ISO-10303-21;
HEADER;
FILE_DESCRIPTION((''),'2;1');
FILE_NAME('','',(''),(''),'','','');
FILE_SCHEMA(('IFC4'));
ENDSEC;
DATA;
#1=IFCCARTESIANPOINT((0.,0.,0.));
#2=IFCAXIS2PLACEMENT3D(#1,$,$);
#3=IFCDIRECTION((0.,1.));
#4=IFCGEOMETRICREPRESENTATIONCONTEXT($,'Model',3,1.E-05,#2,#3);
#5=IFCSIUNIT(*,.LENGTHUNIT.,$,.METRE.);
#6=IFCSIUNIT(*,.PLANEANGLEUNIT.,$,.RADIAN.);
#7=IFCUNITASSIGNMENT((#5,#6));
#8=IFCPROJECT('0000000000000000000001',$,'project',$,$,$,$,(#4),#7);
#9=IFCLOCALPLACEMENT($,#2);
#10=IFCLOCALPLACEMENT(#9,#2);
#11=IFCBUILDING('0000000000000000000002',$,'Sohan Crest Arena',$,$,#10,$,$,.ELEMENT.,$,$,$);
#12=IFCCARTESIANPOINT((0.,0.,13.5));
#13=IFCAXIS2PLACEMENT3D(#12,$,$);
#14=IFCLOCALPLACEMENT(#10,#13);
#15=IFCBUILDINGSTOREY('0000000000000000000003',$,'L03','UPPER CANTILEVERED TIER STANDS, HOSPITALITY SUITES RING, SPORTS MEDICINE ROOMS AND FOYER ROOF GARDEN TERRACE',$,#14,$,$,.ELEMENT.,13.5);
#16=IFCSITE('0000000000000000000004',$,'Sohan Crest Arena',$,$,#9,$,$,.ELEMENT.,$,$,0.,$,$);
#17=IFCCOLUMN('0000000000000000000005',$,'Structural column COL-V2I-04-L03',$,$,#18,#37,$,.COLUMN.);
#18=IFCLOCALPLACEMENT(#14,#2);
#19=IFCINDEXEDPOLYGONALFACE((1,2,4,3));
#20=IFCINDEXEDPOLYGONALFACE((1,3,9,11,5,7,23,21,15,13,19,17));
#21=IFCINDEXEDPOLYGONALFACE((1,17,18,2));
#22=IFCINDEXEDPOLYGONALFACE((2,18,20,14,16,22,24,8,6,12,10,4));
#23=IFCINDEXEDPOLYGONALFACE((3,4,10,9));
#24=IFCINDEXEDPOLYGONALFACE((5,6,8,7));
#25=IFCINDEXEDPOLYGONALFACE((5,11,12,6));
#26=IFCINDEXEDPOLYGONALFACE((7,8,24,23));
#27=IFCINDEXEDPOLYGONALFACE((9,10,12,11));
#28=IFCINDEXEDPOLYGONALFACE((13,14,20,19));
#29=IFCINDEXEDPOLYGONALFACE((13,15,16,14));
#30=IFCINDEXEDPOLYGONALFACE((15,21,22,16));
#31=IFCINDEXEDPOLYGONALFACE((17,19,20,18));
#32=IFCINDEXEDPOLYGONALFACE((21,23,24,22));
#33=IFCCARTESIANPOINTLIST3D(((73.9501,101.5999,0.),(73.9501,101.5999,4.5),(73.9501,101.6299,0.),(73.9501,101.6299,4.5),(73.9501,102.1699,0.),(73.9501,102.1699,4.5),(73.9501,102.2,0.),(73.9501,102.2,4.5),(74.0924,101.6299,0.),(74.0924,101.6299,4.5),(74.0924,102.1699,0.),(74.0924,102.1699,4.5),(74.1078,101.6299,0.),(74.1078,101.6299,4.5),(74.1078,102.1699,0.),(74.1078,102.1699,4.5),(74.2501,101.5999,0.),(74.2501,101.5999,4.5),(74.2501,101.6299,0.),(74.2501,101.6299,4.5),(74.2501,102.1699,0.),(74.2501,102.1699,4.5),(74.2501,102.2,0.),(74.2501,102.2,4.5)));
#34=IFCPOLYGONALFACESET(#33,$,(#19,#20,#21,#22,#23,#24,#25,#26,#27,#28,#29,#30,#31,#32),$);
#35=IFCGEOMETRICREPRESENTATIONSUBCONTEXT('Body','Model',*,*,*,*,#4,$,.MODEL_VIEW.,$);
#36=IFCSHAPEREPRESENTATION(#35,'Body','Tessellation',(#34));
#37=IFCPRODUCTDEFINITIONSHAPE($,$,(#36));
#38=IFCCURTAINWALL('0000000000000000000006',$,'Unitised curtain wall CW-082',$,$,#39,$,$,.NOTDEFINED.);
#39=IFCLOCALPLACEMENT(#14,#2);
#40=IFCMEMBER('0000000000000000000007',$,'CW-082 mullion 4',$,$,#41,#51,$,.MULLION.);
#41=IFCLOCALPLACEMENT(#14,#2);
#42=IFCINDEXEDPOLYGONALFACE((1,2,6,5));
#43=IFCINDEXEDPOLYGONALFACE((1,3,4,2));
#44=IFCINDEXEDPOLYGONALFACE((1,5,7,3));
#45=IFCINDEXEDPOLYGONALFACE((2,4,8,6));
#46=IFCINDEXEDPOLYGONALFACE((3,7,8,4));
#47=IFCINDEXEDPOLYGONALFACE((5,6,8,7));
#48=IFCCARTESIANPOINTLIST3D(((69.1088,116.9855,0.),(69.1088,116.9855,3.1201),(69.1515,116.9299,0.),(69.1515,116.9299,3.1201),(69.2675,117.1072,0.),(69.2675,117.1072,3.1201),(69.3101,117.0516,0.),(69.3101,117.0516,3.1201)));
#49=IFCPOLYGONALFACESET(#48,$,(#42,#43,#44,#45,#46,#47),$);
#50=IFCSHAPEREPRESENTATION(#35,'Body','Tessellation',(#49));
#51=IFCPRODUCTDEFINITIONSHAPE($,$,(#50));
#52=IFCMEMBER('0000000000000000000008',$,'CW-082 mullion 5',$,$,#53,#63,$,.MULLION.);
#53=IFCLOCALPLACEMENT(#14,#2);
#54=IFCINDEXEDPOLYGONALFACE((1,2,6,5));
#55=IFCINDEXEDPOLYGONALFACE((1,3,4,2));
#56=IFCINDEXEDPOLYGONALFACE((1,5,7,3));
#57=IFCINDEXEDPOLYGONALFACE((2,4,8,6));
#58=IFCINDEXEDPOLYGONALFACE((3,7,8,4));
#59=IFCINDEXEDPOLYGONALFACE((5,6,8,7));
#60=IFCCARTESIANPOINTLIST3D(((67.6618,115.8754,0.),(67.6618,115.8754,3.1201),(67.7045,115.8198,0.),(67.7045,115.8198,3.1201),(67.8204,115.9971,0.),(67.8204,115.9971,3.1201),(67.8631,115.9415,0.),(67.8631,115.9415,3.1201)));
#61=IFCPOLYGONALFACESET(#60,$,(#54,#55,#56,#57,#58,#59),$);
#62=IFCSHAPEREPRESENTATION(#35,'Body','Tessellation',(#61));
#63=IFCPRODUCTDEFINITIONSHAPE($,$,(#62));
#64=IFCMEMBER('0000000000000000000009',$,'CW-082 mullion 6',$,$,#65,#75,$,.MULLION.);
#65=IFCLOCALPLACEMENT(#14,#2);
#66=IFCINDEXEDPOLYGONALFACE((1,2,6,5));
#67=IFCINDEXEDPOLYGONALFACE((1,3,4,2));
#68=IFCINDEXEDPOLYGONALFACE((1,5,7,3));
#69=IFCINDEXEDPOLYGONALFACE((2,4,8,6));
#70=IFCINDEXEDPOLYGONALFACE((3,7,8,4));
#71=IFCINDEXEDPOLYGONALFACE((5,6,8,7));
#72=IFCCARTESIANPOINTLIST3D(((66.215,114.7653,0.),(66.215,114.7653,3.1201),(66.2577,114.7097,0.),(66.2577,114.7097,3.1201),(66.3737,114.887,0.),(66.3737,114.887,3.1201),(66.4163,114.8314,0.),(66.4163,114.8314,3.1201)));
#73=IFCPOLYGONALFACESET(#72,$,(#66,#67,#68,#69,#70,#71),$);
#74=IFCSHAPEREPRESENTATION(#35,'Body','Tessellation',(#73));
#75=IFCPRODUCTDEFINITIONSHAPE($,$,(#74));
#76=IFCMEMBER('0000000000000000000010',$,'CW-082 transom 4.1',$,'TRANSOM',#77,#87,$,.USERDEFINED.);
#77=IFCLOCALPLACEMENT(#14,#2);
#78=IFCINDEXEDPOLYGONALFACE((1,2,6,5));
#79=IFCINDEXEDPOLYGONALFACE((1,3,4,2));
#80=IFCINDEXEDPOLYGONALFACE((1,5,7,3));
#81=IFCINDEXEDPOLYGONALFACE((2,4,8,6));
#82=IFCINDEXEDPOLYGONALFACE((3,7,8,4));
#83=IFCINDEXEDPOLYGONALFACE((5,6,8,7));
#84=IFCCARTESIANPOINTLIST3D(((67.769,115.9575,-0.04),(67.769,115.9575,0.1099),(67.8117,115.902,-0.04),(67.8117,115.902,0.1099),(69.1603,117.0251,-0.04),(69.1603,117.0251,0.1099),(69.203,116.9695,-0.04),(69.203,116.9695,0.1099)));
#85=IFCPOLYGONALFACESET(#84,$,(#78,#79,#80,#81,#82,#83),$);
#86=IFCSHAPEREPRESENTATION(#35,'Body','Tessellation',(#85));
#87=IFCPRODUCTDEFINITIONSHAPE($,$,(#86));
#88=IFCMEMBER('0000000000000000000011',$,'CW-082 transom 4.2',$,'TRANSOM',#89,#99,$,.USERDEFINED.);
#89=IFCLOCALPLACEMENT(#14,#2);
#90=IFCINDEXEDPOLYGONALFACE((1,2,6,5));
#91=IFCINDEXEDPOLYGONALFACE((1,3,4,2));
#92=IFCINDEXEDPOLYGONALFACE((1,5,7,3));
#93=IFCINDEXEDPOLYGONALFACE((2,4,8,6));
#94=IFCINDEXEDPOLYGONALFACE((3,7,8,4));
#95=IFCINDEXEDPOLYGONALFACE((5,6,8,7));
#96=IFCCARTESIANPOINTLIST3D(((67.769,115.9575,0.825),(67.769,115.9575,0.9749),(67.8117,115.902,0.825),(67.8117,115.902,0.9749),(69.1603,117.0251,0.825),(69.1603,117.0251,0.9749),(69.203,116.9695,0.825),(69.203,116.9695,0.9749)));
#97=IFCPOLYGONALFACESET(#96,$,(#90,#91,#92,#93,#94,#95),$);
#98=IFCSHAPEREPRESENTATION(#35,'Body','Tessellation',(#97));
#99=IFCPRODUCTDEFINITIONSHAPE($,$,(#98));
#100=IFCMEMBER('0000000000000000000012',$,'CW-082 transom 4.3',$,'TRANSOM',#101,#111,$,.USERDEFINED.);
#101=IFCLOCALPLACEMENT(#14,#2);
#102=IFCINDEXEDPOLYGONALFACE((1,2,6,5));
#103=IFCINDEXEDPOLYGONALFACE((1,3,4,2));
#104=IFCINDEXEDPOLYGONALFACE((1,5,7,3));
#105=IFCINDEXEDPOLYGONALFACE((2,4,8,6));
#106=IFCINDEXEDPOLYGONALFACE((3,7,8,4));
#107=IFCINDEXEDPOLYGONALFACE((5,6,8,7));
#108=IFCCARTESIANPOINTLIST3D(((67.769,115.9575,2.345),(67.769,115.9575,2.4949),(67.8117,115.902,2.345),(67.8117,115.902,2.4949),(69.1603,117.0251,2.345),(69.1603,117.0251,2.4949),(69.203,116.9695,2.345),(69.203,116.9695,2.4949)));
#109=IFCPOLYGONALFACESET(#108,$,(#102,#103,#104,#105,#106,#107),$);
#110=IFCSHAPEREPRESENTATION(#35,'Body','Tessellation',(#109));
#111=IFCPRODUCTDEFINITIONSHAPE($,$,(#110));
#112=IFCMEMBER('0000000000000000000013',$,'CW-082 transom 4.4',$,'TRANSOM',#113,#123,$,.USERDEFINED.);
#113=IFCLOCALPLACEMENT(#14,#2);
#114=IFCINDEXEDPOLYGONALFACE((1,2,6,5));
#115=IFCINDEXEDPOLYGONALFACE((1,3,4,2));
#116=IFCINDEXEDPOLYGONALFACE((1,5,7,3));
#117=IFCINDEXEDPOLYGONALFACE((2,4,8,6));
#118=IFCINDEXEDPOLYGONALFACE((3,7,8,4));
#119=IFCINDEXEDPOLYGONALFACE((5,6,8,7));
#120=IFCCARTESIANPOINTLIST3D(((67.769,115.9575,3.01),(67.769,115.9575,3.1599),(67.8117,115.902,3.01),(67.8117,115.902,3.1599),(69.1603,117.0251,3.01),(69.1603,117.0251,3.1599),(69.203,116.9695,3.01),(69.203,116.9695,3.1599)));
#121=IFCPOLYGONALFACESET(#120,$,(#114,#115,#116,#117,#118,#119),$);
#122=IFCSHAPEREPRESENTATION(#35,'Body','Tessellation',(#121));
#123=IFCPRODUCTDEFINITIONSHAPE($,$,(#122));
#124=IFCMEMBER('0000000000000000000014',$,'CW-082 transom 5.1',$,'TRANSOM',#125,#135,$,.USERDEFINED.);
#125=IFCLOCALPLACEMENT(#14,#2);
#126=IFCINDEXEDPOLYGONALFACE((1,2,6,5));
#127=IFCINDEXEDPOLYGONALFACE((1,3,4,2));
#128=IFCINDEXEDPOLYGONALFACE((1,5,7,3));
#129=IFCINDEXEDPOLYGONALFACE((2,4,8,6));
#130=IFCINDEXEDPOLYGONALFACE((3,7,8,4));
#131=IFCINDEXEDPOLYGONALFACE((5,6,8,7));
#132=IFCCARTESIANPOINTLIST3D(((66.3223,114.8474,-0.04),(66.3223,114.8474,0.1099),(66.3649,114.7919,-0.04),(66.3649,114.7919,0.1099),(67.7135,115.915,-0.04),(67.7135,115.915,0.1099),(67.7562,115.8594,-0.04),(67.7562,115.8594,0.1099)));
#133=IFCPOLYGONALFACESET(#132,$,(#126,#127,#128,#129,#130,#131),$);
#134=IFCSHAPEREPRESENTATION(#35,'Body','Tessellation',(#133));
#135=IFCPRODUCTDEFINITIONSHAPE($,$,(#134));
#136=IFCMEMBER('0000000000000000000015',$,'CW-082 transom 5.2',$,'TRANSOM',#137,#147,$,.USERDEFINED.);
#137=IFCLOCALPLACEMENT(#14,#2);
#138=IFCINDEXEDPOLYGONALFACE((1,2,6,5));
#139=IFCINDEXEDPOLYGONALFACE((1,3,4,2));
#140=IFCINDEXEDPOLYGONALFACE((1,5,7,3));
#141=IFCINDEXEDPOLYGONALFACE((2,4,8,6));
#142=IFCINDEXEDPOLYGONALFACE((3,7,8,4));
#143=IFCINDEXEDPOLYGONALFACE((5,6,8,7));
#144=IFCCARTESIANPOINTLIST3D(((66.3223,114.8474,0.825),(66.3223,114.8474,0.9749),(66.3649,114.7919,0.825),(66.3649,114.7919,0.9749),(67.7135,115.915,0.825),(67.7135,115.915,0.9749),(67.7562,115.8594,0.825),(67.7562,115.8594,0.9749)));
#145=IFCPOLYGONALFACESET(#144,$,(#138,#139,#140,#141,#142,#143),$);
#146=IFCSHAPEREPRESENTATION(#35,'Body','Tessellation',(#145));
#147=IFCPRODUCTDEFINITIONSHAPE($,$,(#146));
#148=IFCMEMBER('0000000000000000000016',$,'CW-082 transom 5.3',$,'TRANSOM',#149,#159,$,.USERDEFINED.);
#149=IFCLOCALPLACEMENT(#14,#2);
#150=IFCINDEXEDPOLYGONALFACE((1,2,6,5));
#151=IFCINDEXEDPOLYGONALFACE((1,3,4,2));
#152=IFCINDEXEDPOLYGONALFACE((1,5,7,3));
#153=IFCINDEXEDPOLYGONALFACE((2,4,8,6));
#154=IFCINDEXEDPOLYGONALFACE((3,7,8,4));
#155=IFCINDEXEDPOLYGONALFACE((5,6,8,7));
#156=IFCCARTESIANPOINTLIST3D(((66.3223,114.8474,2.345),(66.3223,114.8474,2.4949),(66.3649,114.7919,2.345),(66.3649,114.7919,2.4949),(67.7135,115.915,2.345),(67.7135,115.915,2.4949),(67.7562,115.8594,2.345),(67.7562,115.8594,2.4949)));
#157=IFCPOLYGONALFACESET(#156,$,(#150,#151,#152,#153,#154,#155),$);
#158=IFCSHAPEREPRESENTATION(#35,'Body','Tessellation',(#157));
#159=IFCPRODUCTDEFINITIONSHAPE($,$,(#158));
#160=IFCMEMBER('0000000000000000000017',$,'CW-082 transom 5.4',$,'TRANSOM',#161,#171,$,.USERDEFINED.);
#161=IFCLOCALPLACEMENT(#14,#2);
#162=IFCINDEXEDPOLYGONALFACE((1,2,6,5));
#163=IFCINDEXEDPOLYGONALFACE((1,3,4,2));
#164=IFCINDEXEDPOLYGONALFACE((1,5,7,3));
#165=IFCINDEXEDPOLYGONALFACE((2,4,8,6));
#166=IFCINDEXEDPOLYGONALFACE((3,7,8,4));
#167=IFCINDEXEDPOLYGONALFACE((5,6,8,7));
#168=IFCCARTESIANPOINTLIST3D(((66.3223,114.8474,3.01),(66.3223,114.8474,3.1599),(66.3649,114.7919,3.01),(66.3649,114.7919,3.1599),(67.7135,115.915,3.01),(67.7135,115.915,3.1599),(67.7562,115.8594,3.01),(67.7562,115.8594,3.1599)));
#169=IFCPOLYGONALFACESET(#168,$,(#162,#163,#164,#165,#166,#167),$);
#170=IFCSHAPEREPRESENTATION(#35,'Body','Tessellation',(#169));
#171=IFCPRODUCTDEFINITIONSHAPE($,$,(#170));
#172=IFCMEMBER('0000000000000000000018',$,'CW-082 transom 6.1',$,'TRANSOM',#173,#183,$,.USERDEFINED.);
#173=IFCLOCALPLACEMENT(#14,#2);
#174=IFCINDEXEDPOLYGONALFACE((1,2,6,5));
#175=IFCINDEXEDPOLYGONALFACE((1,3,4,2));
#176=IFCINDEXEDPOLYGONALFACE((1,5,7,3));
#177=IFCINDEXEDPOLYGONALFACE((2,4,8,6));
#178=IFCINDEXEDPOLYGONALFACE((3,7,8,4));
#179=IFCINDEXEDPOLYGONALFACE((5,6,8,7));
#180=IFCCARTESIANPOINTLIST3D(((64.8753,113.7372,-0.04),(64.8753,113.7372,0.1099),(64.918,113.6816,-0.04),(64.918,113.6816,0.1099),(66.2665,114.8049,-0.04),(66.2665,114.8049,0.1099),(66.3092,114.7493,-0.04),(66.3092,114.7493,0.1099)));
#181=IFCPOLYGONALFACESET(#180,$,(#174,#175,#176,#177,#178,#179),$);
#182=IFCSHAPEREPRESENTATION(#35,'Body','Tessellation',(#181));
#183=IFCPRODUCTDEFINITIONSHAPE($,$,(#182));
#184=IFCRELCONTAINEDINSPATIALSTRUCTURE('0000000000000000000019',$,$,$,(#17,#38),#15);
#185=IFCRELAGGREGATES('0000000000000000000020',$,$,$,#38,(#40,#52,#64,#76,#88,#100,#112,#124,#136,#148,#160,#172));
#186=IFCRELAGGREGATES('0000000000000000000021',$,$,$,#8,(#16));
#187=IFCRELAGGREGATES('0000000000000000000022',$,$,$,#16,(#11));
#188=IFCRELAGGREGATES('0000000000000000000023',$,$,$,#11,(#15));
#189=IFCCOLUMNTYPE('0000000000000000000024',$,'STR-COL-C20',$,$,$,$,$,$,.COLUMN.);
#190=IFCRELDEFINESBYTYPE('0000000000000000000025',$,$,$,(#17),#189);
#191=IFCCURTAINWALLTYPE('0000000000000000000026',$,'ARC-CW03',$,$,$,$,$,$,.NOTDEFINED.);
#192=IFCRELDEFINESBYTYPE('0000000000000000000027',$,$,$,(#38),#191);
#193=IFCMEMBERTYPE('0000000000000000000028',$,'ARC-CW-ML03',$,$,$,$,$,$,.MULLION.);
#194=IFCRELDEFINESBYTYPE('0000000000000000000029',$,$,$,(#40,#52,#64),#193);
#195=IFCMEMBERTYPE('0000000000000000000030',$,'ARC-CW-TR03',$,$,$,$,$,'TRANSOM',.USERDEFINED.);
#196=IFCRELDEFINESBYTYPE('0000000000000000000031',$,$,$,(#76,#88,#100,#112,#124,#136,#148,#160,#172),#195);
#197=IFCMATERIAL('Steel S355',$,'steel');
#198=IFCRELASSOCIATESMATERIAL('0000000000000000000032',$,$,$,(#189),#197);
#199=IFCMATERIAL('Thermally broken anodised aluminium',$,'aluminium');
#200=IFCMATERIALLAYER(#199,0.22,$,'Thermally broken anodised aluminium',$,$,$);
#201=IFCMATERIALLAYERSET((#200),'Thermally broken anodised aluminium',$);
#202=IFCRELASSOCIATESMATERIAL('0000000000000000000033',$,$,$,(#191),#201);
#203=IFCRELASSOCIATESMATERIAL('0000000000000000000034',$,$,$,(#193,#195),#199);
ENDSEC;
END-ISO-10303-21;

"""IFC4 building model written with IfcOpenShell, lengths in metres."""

from ifc_helpers import new_model, si_unit, direction, frame, origin, origin_2d, place, context, subcontext, project, spatial, rectangle, i_section, extrude, material, layer, layer_set, material_profile, profile_set, type_object, element, aggregate, save


model = new_model("IFC4")

# Units and contexts
model_context = context("Model", 3, precision=1e-05, world=origin(), true_north=direction((0.0, 1.0)))
body_context = subcontext(model_context, "Body", "Model", "MODEL_VIEW")
ifc_project = project(units=[si_unit("LENGTHUNIT", "METRE"), si_unit("PLANEANGLEUNIT", "RADIAN")], contexts=[model_context])

# Site, building, storey
site_placement = place(None, origin())
site = spatial("IfcSite", under=ifc_project, at=site_placement, Name="Sohan Crest Arena", CompositionType="ELEMENT", RefElevation=0.0)
building_placement = place(site_placement, origin())
building = spatial("IfcBuilding", under=site, at=building_placement, Name="Sohan Crest Arena", CompositionType="ELEMENT")
storey_placement = place(building_placement, frame((0.0, 0.0, 13.5)))
storey = spatial("IfcBuildingStorey", under=building, at=storey_placement, Name="L03", Description="UPPER CANTILEVERED TIER STANDS, HOSPITALITY SUITES RING, SPORTS MEDICINE ROOMS AND FOYER ROOF GARDEN TERRACE", CompositionType="ELEMENT", Elevation=13.5)

# Column
ifc_material_1 = material(Name="Steel S355", Category="steel")
ifc_material_profile_1 = material_profile(ifc_material_1, i_section(OverallWidth=0.3, OverallDepth=0.6001, WebThickness=0.0154, FlangeThickness=0.03, at=origin_2d()), Name="HEB 600")
ifc_profile_set_1 = profile_set([ifc_material_profile_1], Name="Steel S355")
column_type = type_object("IfcColumnType", Name="STR-COL-C20", PredefinedType="COLUMN", material=ifc_profile_set_1)
column_placement = place(storey_placement, frame((74.1001, 101.8999, 0.0), z_axis=(0.0, 0.0, 1.0), x_axis=(1.0, 0.0, 0.0)))
element("IfcColumn", 1, at=column_placement, inside=storey, type_object=column_type, Name="Structural column COL-V2I-04-L03", PredefinedType="COLUMN", context=body_context, shape_type="SweptSolid", body=[
    extrude(i_section(OverallWidth=0.3, OverallDepth=0.6001, WebThickness=0.0154, FlangeThickness=0.03, at=origin_2d()), origin(), (0.0, 0.0, 1.0), 4.5),
])

# Curtain wall, members
ifc_material_2 = material(Name="Thermally broken anodised aluminium", Category="aluminium")
ifc_layer_1 = layer(ifc_material_2, 0.22, Name="Thermally broken anodised aluminium")
ifc_layer_set_1 = layer_set([ifc_layer_1], Name="Thermally broken anodised aluminium")
curtain_wall_type = type_object("IfcCurtainWallType", Name="ARC-CW03", PredefinedType="NOTDEFINED", material=ifc_layer_set_1)
curtain_wall_placement = place(storey_placement, origin())
curtain_wall = element("IfcCurtainWall", 2, at=curtain_wall_placement, inside=storey, type_object=curtain_wall_type, Name="Unitised curtain wall CW-082", PredefinedType="NOTDEFINED")
ifc_material_profile_2 = material_profile(ifc_material_2, rectangle(XDim=0.0701, YDim=0.2, at=origin_2d()), Name="ALU-MULL 70x200")
ifc_profile_set_2 = profile_set([ifc_material_profile_2], Name="Thermally broken anodised aluminium")
member_type_1 = type_object("IfcMemberType", Name="ARC-CW-ML03", PredefinedType="MULLION", material=ifc_profile_set_2)
member_1_placement = place(storey_placement, frame((69.2095, 117.0186, 0.0), z_axis=(0.0, 0.0, 1.0), x_axis=(0.608737, -0.793372, 0.0)))
member_1 = element("IfcMember", 3, at=member_1_placement, type_object=member_type_1, Name="CW-082 mullion 4", PredefinedType="MULLION", context=body_context, shape_type="SweptSolid", body=[
    extrude(rectangle(XDim=0.0701, YDim=0.2, at=origin_2d()), origin(), (0.0, 0.0, 1.0), 3.1201),
])
member_2_placement = place(storey_placement, frame((67.7625, 115.9084, 0.0), z_axis=(0.0, 0.0, 1.0), x_axis=(0.608737, -0.793372, 0.0)))
member_2 = element("IfcMember", 4, at=member_2_placement, type_object=member_type_1, Name="CW-082 mullion 5", PredefinedType="MULLION", context=body_context, shape_type="SweptSolid", body=[
    extrude(rectangle(XDim=0.0701, YDim=0.2, at=origin_2d()), origin(), (0.0, 0.0, 1.0), 3.1201),
])
member_3_placement = place(storey_placement, frame((66.3157, 114.7983, 0.0), z_axis=(0.0, 0.0, 1.0), x_axis=(0.608737, -0.793372, 0.0)))
member_3 = element("IfcMember", 5, at=member_3_placement, type_object=member_type_1, Name="CW-082 mullion 6", PredefinedType="MULLION", context=body_context, shape_type="SweptSolid", body=[
    extrude(rectangle(XDim=0.0701, YDim=0.2, at=origin_2d()), origin(), (0.0, 0.0, 1.0), 3.1201),
])
ifc_material_profile_3 = material_profile(ifc_material_2, rectangle(XDim=0.0701, YDim=0.1499, at=origin_2d()), Name="ALU-TRAN 70x150")
ifc_profile_set_3 = profile_set([ifc_material_profile_3], Name="Thermally broken anodised aluminium")
member_type_2 = type_object("IfcMemberType", Name="ARC-CW-TR03", ElementType="TRANSOM", PredefinedType="USERDEFINED", material=ifc_profile_set_3)
member_4_placement = place(storey_placement, frame((69.1816, 116.9973, 0.0349), z_axis=(-0.793353, -0.608762, 0.0), x_axis=(0.608762, -0.793353, 0.0)))
member_4 = element("IfcMember", 6, at=member_4_placement, type_object=member_type_2, Name="CW-082 transom 4.1", ObjectType="TRANSOM", PredefinedType="USERDEFINED", context=body_context, shape_type="SweptSolid", body=[
    extrude(rectangle(XDim=0.0701, YDim=0.1499, at=origin_2d()), origin(), (0.0, 0.0, 1.0), 1.7537),
])
member_5_placement = place(storey_placement, frame((69.1816, 116.9973, 0.8999), z_axis=(-0.793353, -0.608762, 0.0), x_axis=(0.608762, -0.793353, 0.0)))
member_5 = element("IfcMember", 7, at=member_5_placement, type_object=member_type_2, Name="CW-082 transom 4.2", ObjectType="TRANSOM", PredefinedType="USERDEFINED", context=body_context, shape_type="SweptSolid", body=[
    extrude(rectangle(XDim=0.0701, YDim=0.1499, at=origin_2d()), origin(), (0.0, 0.0, 1.0), 1.7537),
])
member_6_placement = place(storey_placement, frame((69.1816, 116.9973, 2.4199), z_axis=(-0.793353, -0.608762, 0.0), x_axis=(0.608762, -0.793353, 0.0)))
member_6 = element("IfcMember", 8, at=member_6_placement, type_object=member_type_2, Name="CW-082 transom 4.3", ObjectType="TRANSOM", PredefinedType="USERDEFINED", context=body_context, shape_type="SweptSolid", body=[
    extrude(rectangle(XDim=0.0701, YDim=0.1499, at=origin_2d()), origin(), (0.0, 0.0, 1.0), 1.7537),
])
member_7_placement = place(storey_placement, frame((69.1816, 116.9973, 3.085), z_axis=(-0.793353, -0.608762, 0.0), x_axis=(0.608762, -0.793353, 0.0)))
member_7 = element("IfcMember", 9, at=member_7_placement, type_object=member_type_2, Name="CW-082 transom 4.4", ObjectType="TRANSOM", PredefinedType="USERDEFINED", context=body_context, shape_type="SweptSolid", body=[
    extrude(rectangle(XDim=0.0701, YDim=0.1499, at=origin_2d()), origin(), (0.0, 0.0, 1.0), 1.7537),
])
member_8_placement = place(storey_placement, frame((67.7349, 115.8872, 0.0349), z_axis=(-0.793353, -0.608762, 0.0), x_axis=(0.608762, -0.793353, 0.0)))
member_8 = element("IfcMember", 10, at=member_8_placement, type_object=member_type_2, Name="CW-082 transom 5.1", ObjectType="TRANSOM", PredefinedType="USERDEFINED", context=body_context, shape_type="SweptSolid", body=[
    extrude(rectangle(XDim=0.0701, YDim=0.1499, at=origin_2d()), origin(), (0.0, 0.0, 1.0), 1.7537),
])
member_9_placement = place(storey_placement, frame((67.7349, 115.8872, 0.8999), z_axis=(-0.793353, -0.608762, 0.0), x_axis=(0.608762, -0.793353, 0.0)))
member_9 = element("IfcMember", 11, at=member_9_placement, type_object=member_type_2, Name="CW-082 transom 5.2", ObjectType="TRANSOM", PredefinedType="USERDEFINED", context=body_context, shape_type="SweptSolid", body=[
    extrude(rectangle(XDim=0.0701, YDim=0.1499, at=origin_2d()), origin(), (0.0, 0.0, 1.0), 1.7537),
])
member_10_placement = place(storey_placement, frame((67.7349, 115.8872, 2.4199), z_axis=(-0.793353, -0.608762, 0.0), x_axis=(0.608762, -0.793353, 0.0)))
member_10 = element("IfcMember", 12, at=member_10_placement, type_object=member_type_2, Name="CW-082 transom 5.3", ObjectType="TRANSOM", PredefinedType="USERDEFINED", context=body_context, shape_type="SweptSolid", body=[
    extrude(rectangle(XDim=0.0701, YDim=0.1499, at=origin_2d()), origin(), (0.0, 0.0, 1.0), 1.7537),
])
member_11_placement = place(storey_placement, frame((67.7349, 115.8872, 3.085), z_axis=(-0.793353, -0.608762, 0.0), x_axis=(0.608762, -0.793353, 0.0)))
member_11 = element("IfcMember", 13, at=member_11_placement, type_object=member_type_2, Name="CW-082 transom 5.4", ObjectType="TRANSOM", PredefinedType="USERDEFINED", context=body_context, shape_type="SweptSolid", body=[
    extrude(rectangle(XDim=0.0701, YDim=0.1499, at=origin_2d()), origin(), (0.0, 0.0, 1.0), 1.7537),
])
member_12_placement = place(storey_placement, frame((66.2878, 114.7771, 0.0349), z_axis=(-0.793302, -0.608829, 0.0), x_axis=(0.608829, -0.793302, 0.0)))
member_12 = element("IfcMember", 14, at=member_12_placement, type_object=member_type_2, Name="CW-082 transom 6.1", ObjectType="TRANSOM", PredefinedType="USERDEFINED", context=body_context, shape_type="SweptSolid", body=[
    extrude(rectangle(XDim=0.0701, YDim=0.1499, at=origin_2d()), origin(), (0.0, 0.0, 1.0), 1.7537),
])

aggregate(curtain_wall, [member_1, member_2, member_3, member_4, member_5, member_6, member_7, member_8, member_9, member_10, member_11, member_12])

save(model, "model.ifc")
